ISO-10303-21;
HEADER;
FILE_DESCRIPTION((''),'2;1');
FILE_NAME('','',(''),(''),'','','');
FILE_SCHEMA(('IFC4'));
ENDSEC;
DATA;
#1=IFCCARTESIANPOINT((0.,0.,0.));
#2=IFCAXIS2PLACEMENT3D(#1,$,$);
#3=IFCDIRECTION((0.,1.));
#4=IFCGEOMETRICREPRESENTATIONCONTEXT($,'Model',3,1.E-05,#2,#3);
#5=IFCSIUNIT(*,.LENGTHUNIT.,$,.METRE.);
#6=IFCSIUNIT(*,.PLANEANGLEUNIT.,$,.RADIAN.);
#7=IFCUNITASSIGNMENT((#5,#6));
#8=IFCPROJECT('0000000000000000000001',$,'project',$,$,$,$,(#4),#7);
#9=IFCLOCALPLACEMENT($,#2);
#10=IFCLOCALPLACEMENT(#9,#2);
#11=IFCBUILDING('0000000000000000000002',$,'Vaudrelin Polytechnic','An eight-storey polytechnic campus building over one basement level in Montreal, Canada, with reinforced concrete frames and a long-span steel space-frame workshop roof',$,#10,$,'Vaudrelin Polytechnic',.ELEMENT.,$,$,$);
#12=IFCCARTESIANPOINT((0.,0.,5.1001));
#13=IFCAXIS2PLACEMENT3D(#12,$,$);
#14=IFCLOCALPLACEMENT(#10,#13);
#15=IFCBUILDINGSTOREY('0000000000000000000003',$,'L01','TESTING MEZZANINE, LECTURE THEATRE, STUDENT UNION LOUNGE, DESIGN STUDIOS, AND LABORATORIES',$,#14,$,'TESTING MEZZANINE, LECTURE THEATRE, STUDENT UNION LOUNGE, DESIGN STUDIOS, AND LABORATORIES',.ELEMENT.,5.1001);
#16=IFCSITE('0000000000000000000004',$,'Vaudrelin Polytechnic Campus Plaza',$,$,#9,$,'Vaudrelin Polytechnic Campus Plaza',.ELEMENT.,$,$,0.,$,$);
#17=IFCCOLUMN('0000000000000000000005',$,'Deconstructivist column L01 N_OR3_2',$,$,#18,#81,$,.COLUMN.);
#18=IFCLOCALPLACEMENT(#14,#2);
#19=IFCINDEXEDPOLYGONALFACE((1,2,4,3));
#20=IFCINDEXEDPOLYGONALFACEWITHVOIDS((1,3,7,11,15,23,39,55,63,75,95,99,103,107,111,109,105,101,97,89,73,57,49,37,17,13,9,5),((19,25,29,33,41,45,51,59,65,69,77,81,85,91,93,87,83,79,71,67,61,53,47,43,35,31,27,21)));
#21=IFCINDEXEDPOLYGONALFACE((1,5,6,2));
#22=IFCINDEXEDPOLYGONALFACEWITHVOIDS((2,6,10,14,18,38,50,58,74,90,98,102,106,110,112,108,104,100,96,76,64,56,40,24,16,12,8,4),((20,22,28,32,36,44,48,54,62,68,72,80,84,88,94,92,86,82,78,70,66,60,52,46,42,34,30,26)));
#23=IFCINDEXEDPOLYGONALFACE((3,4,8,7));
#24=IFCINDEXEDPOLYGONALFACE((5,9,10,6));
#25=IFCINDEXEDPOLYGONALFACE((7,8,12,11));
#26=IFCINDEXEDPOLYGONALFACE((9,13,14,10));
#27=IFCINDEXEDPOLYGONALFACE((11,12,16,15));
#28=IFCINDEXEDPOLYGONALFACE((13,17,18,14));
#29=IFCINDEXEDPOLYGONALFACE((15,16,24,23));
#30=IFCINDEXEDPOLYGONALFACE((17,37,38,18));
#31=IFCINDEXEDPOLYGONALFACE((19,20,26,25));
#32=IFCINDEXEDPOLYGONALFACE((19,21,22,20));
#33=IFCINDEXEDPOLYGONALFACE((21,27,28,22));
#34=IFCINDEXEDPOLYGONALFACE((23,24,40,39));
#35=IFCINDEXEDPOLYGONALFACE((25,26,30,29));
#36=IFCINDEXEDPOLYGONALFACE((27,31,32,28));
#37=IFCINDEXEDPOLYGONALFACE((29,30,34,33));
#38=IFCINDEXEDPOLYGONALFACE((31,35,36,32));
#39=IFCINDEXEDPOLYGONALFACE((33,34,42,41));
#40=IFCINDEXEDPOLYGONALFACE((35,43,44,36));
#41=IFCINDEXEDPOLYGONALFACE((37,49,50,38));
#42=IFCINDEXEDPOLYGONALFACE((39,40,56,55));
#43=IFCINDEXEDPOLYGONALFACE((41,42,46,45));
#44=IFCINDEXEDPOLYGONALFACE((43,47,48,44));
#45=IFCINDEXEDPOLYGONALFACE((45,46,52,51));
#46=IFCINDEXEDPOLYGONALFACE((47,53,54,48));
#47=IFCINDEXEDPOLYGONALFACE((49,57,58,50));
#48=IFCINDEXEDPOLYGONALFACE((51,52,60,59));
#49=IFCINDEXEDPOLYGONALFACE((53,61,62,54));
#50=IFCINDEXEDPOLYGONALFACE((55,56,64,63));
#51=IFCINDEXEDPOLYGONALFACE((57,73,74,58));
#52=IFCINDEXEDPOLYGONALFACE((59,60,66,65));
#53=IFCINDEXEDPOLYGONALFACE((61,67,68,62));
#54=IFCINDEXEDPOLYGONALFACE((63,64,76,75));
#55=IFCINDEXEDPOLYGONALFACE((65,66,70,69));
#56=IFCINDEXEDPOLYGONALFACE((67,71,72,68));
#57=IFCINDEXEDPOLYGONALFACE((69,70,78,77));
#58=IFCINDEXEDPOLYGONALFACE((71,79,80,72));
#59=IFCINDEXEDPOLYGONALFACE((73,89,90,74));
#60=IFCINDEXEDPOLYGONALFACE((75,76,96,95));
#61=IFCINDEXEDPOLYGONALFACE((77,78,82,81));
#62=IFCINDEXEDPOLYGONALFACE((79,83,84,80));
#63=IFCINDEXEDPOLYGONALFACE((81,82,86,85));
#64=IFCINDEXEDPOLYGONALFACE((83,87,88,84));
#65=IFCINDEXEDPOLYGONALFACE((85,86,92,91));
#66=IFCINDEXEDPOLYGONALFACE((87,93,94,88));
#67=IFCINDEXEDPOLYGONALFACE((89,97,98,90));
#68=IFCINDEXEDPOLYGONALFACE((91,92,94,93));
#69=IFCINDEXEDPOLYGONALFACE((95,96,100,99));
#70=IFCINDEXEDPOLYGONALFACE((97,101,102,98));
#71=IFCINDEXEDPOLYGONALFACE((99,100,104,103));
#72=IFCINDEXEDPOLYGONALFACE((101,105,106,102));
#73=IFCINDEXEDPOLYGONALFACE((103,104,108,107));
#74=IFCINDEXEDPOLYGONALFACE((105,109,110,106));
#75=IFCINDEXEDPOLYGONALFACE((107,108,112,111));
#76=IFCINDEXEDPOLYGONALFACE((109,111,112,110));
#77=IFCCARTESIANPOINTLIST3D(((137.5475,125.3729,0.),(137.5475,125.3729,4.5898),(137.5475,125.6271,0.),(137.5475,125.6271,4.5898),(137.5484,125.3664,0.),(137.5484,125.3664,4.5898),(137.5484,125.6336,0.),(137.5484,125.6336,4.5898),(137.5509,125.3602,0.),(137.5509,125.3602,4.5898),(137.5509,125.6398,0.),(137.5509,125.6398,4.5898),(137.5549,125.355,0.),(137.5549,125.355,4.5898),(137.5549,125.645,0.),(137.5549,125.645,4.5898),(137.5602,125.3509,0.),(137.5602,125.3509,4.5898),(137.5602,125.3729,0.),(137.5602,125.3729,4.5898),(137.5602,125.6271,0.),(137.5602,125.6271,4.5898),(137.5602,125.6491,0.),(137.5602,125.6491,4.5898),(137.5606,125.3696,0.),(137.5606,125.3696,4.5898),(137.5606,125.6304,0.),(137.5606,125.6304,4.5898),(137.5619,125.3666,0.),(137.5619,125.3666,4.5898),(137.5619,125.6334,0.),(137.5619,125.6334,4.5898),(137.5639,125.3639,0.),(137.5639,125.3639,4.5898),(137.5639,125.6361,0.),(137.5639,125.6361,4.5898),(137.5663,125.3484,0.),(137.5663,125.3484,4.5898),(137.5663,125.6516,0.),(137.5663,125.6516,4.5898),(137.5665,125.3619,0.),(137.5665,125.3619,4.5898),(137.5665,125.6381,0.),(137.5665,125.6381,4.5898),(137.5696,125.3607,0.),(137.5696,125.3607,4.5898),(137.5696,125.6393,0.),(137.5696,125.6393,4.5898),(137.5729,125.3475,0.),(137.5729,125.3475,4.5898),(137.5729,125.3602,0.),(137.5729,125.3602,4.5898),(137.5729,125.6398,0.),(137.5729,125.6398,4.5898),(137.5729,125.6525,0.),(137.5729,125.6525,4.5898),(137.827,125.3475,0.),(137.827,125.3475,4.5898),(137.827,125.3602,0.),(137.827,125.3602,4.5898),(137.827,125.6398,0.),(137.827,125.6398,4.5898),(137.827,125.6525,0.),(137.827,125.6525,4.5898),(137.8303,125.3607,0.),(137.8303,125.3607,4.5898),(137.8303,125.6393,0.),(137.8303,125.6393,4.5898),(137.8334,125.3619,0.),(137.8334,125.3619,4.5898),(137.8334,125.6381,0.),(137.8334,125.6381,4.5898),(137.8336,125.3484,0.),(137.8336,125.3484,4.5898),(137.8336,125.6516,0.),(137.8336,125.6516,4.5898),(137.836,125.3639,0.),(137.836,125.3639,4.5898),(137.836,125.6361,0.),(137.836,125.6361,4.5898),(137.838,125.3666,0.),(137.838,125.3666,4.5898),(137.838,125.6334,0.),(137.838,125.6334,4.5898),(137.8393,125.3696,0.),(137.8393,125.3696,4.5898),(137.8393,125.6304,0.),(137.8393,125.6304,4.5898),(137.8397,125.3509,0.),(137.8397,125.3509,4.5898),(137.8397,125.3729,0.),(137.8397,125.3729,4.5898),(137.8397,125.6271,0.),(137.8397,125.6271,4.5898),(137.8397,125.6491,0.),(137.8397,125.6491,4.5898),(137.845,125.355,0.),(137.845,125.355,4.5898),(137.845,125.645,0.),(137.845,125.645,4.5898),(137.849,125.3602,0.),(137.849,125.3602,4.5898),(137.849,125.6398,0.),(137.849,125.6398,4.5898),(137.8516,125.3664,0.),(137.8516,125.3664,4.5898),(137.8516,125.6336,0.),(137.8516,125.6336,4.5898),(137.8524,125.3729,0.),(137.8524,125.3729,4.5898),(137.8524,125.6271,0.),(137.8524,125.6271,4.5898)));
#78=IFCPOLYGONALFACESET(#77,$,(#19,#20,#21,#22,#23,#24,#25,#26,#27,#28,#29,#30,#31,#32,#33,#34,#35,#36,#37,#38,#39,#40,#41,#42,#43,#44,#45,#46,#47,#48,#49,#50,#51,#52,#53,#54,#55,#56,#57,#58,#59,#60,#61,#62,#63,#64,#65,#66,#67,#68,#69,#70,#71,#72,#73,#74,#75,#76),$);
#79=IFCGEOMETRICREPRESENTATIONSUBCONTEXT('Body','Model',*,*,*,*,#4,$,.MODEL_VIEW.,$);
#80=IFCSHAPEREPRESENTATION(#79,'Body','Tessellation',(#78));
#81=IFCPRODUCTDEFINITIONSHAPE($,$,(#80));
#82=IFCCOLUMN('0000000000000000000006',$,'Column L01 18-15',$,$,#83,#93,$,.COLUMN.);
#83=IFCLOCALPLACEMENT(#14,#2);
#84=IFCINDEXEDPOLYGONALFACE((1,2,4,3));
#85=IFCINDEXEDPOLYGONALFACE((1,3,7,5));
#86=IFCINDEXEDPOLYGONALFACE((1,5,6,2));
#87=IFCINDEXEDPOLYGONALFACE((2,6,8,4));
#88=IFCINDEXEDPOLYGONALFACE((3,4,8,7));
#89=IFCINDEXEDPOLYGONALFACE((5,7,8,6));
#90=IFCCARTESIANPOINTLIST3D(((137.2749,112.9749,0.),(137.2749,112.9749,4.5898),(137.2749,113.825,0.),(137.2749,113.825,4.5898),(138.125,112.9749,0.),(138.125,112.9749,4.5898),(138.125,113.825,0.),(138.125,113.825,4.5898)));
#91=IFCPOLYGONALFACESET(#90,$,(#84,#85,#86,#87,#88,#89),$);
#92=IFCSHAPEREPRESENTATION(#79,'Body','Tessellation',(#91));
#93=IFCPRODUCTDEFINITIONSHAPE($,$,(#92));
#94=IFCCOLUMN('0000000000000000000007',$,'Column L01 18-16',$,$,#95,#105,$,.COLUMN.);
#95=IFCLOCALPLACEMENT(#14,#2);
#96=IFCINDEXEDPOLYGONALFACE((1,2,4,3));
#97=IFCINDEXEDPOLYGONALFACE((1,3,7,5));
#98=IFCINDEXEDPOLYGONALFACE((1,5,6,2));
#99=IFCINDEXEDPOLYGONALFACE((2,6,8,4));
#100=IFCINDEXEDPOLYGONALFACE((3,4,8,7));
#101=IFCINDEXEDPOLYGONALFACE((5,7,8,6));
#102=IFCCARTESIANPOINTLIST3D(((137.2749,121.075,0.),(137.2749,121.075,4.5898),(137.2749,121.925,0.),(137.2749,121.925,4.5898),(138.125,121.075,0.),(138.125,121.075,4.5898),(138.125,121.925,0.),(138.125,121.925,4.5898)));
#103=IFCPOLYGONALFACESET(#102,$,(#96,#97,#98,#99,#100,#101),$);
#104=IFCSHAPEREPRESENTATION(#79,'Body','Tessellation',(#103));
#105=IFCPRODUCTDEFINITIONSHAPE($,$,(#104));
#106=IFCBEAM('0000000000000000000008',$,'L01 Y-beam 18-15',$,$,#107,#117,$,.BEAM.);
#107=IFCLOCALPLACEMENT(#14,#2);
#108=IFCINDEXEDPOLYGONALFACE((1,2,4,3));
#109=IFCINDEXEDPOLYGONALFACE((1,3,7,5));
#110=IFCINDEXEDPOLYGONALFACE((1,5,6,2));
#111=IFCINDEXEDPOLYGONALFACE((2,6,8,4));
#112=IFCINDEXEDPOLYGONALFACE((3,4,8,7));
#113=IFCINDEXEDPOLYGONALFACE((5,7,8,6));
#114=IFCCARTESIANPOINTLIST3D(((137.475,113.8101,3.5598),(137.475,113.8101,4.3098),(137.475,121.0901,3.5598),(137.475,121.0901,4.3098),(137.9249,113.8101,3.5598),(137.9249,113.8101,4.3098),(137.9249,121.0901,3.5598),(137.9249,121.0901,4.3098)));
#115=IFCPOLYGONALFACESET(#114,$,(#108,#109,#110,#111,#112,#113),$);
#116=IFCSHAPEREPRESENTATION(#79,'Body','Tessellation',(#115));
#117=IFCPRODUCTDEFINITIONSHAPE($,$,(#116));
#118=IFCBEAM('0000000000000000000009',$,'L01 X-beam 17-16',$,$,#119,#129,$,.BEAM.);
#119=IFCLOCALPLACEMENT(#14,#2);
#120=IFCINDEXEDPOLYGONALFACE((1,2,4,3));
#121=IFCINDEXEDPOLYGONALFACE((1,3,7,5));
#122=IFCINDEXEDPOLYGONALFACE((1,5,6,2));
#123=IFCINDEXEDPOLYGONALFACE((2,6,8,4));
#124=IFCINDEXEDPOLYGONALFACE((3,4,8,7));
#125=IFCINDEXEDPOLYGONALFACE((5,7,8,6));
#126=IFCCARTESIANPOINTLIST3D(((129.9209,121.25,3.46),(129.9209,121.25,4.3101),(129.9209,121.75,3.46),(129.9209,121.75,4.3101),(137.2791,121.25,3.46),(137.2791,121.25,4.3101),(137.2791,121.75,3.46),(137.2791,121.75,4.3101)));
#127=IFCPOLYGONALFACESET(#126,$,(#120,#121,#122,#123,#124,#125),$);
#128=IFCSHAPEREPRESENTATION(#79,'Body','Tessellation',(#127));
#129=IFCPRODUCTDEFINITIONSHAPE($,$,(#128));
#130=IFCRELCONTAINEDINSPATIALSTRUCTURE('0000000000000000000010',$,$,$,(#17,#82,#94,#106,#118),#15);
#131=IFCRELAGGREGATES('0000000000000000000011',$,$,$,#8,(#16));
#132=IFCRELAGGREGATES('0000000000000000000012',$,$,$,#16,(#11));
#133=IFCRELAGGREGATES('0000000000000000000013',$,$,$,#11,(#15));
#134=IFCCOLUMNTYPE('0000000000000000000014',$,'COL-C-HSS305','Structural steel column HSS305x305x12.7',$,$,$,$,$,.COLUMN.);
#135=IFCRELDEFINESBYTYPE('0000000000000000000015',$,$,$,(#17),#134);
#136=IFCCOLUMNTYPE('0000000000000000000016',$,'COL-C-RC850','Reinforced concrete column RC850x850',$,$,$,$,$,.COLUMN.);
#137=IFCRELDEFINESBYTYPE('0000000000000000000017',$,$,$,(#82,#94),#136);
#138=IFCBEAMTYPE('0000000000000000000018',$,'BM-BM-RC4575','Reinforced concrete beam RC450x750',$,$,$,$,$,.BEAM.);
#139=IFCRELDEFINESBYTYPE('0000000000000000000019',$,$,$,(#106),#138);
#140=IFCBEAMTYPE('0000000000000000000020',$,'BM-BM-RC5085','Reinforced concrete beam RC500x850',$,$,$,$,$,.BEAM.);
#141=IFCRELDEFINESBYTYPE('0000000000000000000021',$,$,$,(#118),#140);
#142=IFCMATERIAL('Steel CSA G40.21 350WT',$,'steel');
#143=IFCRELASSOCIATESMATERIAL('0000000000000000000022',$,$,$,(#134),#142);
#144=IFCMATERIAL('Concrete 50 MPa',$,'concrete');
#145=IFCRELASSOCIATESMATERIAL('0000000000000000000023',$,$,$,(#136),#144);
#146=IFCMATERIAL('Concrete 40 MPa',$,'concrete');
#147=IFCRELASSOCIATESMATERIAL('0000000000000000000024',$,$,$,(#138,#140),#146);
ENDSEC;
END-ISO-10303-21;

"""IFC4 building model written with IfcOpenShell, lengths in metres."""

from ifc_helpers import new_model, si_unit, direction, frame, origin, origin_2d, place, context, subcontext, project, spatial, rectangle, hollow_rectangle, extrude, material, material_profile, profile_set, type_object, element, save


model = new_model("IFC4")

# Units and contexts
model_context = context("Model", 3, precision=1e-05, world=origin(), true_north=direction((0.0, 1.0)))
body_context = subcontext(model_context, "Body", "Model", "MODEL_VIEW")
ifc_project = project(units=[si_unit("LENGTHUNIT", "METRE"), si_unit("PLANEANGLEUNIT", "RADIAN")], contexts=[model_context])

# Site, building, storey
site_placement = place(None, origin())
site = spatial("IfcSite", under=ifc_project, at=site_placement, Name="Vaudrelin Polytechnic Campus Plaza", LongName="Vaudrelin Polytechnic Campus Plaza", CompositionType="ELEMENT", RefElevation=0.0)
building_placement = place(site_placement, origin())
building = spatial("IfcBuilding", under=site, at=building_placement, Name="Vaudrelin Polytechnic", Description="An eight-storey polytechnic campus building over one basement level in Montreal, Canada, with reinforced concrete frames and a long-span steel space-frame workshop roof", LongName="Vaudrelin Polytechnic", CompositionType="ELEMENT")
storey_placement = place(building_placement, frame((0.0, 0.0, 5.1001)))
storey = spatial("IfcBuildingStorey", under=building, at=storey_placement, Name="L01", Description="TESTING MEZZANINE, LECTURE THEATRE, STUDENT UNION LOUNGE, DESIGN STUDIOS, AND LABORATORIES", LongName="TESTING MEZZANINE, LECTURE THEATRE, STUDENT UNION LOUNGE, DESIGN STUDIOS, AND LABORATORIES", CompositionType="ELEMENT", Elevation=5.1001)

# Columns
ifc_material_1 = material(Name="Steel CSA G40.21 350WT", Category="steel")
ifc_material_profile_1 = material_profile(ifc_material_1, hollow_rectangle(XDim=0.3049, YDim=0.3049, WallThickness=0.0127, InnerFilletRadius=0.0127, OuterFilletRadius=0.0254, at=origin_2d()), Name="HSS305x305x12.7")
ifc_profile_set_1 = profile_set([ifc_material_profile_1], Name="Steel CSA G40.21 350WT")
column_type_1 = type_object("IfcColumnType", Name="COL-C-HSS305", Description="Structural steel column HSS305x305x12.7", PredefinedType="COLUMN", material=ifc_profile_set_1)
column_placement = place(storey_placement, frame((137.7, 125.5, 0.0), z_axis=(0.0, 0.0, 1.0), x_axis=(1.0, 0.0, 0.0)))
element("IfcColumn", 1, at=column_placement, inside=storey, type_object=column_type_1, Name="Deconstructivist column L01 N_OR3_2", PredefinedType="COLUMN", context=body_context, shape_type="SweptSolid", body=[
    extrude(hollow_rectangle(XDim=0.3049, YDim=0.3049, WallThickness=0.0127, InnerFilletRadius=0.0127, OuterFilletRadius=0.0254, at=origin_2d()), origin(), (0.0, 0.0, 1.0), 4.5898),
])
ifc_material_2 = material(Name="Concrete 50 MPa", Category="concrete")
ifc_material_profile_2 = material_profile(ifc_material_2, rectangle(XDim=0.8501, YDim=0.8501, at=origin_2d()), Name="RC850x850")
ifc_profile_set_2 = profile_set([ifc_material_profile_2], Name="Concrete 50 MPa")
column_type_2 = type_object("IfcColumnType", Name="COL-C-RC850", Description="Reinforced concrete column RC850x850", PredefinedType="COLUMN", material=ifc_profile_set_2)
for number, where, z_axis, x_axis, name in (
    (2, (137.7, 113.3999, 0.0), (0.0, 0.0, 1.0), (1.0, 0.0, 0.0), "Column L01 18-15"),
    (3, (137.7, 121.5, 0.0), (0.0, 0.0, 1.0), (1.0, 0.0, 0.0), "Column L01 18-16"),
):
    element("IfcColumn", number, at=place(storey_placement, frame(where, z_axis=z_axis, x_axis=x_axis)), inside=storey, type_object=column_type_2, Name=name, PredefinedType="COLUMN", context=body_context, shape_type="SweptSolid", body=[
        extrude(rectangle(XDim=0.8501, YDim=0.8501, at=origin_2d()), origin(), (0.0, 0.0, 1.0), 4.5898),
    ])

# Beams
ifc_material_3 = material(Name="Concrete 40 MPa", Category="concrete")
ifc_material_profile_3 = material_profile(ifc_material_3, rectangle(XDim=0.45, YDim=0.75, at=origin_2d()), Name="RC450x750")
ifc_profile_set_3 = profile_set([ifc_material_profile_3], Name="Concrete 40 MPa")
beam_type_1 = type_object("IfcBeamType", Name="BM-BM-RC4575", Description="Reinforced concrete beam RC450x750", PredefinedType="BEAM", material=ifc_profile_set_3)
beam_1_placement = place(storey_placement, frame((137.7, 113.8101, 3.9348), z_axis=(0.0, 1.0, 0.0), x_axis=(-1.0, 0.0, 0.0)))
element("IfcBeam", 4, at=beam_1_placement, inside=storey, type_object=beam_type_1, Name="L01 Y-beam 18-15", PredefinedType="BEAM", context=body_context, shape_type="SweptSolid", body=[
    extrude(rectangle(XDim=0.45, YDim=0.75, at=origin_2d()), origin(), (0.0, 0.0, 1.0), 7.28),
])
ifc_material_profile_4 = material_profile(ifc_material_3, rectangle(XDim=0.5, YDim=0.8501, at=origin_2d()), Name="RC500x850")
ifc_profile_set_4 = profile_set([ifc_material_profile_4], Name="Concrete 40 MPa")
beam_type_2 = type_object("IfcBeamType", Name="BM-BM-RC5085", Description="Reinforced concrete beam RC500x850", PredefinedType="BEAM", material=ifc_profile_set_4)
beam_2_placement = place(storey_placement, frame((129.9209, 121.5, 3.885), z_axis=(1.0, 0.0, 0.0), x_axis=(0.0, 1.0, 0.0)))
element("IfcBeam", 5, at=beam_2_placement, inside=storey, type_object=beam_type_2, Name="L01 X-beam 17-16", PredefinedType="BEAM", context=body_context, shape_type="SweptSolid", body=[
    extrude(rectangle(XDim=0.5, YDim=0.8501, at=origin_2d()), origin(), (0.0, 0.0, 1.0), 7.3582),
])

save(model, "model.ifc")
